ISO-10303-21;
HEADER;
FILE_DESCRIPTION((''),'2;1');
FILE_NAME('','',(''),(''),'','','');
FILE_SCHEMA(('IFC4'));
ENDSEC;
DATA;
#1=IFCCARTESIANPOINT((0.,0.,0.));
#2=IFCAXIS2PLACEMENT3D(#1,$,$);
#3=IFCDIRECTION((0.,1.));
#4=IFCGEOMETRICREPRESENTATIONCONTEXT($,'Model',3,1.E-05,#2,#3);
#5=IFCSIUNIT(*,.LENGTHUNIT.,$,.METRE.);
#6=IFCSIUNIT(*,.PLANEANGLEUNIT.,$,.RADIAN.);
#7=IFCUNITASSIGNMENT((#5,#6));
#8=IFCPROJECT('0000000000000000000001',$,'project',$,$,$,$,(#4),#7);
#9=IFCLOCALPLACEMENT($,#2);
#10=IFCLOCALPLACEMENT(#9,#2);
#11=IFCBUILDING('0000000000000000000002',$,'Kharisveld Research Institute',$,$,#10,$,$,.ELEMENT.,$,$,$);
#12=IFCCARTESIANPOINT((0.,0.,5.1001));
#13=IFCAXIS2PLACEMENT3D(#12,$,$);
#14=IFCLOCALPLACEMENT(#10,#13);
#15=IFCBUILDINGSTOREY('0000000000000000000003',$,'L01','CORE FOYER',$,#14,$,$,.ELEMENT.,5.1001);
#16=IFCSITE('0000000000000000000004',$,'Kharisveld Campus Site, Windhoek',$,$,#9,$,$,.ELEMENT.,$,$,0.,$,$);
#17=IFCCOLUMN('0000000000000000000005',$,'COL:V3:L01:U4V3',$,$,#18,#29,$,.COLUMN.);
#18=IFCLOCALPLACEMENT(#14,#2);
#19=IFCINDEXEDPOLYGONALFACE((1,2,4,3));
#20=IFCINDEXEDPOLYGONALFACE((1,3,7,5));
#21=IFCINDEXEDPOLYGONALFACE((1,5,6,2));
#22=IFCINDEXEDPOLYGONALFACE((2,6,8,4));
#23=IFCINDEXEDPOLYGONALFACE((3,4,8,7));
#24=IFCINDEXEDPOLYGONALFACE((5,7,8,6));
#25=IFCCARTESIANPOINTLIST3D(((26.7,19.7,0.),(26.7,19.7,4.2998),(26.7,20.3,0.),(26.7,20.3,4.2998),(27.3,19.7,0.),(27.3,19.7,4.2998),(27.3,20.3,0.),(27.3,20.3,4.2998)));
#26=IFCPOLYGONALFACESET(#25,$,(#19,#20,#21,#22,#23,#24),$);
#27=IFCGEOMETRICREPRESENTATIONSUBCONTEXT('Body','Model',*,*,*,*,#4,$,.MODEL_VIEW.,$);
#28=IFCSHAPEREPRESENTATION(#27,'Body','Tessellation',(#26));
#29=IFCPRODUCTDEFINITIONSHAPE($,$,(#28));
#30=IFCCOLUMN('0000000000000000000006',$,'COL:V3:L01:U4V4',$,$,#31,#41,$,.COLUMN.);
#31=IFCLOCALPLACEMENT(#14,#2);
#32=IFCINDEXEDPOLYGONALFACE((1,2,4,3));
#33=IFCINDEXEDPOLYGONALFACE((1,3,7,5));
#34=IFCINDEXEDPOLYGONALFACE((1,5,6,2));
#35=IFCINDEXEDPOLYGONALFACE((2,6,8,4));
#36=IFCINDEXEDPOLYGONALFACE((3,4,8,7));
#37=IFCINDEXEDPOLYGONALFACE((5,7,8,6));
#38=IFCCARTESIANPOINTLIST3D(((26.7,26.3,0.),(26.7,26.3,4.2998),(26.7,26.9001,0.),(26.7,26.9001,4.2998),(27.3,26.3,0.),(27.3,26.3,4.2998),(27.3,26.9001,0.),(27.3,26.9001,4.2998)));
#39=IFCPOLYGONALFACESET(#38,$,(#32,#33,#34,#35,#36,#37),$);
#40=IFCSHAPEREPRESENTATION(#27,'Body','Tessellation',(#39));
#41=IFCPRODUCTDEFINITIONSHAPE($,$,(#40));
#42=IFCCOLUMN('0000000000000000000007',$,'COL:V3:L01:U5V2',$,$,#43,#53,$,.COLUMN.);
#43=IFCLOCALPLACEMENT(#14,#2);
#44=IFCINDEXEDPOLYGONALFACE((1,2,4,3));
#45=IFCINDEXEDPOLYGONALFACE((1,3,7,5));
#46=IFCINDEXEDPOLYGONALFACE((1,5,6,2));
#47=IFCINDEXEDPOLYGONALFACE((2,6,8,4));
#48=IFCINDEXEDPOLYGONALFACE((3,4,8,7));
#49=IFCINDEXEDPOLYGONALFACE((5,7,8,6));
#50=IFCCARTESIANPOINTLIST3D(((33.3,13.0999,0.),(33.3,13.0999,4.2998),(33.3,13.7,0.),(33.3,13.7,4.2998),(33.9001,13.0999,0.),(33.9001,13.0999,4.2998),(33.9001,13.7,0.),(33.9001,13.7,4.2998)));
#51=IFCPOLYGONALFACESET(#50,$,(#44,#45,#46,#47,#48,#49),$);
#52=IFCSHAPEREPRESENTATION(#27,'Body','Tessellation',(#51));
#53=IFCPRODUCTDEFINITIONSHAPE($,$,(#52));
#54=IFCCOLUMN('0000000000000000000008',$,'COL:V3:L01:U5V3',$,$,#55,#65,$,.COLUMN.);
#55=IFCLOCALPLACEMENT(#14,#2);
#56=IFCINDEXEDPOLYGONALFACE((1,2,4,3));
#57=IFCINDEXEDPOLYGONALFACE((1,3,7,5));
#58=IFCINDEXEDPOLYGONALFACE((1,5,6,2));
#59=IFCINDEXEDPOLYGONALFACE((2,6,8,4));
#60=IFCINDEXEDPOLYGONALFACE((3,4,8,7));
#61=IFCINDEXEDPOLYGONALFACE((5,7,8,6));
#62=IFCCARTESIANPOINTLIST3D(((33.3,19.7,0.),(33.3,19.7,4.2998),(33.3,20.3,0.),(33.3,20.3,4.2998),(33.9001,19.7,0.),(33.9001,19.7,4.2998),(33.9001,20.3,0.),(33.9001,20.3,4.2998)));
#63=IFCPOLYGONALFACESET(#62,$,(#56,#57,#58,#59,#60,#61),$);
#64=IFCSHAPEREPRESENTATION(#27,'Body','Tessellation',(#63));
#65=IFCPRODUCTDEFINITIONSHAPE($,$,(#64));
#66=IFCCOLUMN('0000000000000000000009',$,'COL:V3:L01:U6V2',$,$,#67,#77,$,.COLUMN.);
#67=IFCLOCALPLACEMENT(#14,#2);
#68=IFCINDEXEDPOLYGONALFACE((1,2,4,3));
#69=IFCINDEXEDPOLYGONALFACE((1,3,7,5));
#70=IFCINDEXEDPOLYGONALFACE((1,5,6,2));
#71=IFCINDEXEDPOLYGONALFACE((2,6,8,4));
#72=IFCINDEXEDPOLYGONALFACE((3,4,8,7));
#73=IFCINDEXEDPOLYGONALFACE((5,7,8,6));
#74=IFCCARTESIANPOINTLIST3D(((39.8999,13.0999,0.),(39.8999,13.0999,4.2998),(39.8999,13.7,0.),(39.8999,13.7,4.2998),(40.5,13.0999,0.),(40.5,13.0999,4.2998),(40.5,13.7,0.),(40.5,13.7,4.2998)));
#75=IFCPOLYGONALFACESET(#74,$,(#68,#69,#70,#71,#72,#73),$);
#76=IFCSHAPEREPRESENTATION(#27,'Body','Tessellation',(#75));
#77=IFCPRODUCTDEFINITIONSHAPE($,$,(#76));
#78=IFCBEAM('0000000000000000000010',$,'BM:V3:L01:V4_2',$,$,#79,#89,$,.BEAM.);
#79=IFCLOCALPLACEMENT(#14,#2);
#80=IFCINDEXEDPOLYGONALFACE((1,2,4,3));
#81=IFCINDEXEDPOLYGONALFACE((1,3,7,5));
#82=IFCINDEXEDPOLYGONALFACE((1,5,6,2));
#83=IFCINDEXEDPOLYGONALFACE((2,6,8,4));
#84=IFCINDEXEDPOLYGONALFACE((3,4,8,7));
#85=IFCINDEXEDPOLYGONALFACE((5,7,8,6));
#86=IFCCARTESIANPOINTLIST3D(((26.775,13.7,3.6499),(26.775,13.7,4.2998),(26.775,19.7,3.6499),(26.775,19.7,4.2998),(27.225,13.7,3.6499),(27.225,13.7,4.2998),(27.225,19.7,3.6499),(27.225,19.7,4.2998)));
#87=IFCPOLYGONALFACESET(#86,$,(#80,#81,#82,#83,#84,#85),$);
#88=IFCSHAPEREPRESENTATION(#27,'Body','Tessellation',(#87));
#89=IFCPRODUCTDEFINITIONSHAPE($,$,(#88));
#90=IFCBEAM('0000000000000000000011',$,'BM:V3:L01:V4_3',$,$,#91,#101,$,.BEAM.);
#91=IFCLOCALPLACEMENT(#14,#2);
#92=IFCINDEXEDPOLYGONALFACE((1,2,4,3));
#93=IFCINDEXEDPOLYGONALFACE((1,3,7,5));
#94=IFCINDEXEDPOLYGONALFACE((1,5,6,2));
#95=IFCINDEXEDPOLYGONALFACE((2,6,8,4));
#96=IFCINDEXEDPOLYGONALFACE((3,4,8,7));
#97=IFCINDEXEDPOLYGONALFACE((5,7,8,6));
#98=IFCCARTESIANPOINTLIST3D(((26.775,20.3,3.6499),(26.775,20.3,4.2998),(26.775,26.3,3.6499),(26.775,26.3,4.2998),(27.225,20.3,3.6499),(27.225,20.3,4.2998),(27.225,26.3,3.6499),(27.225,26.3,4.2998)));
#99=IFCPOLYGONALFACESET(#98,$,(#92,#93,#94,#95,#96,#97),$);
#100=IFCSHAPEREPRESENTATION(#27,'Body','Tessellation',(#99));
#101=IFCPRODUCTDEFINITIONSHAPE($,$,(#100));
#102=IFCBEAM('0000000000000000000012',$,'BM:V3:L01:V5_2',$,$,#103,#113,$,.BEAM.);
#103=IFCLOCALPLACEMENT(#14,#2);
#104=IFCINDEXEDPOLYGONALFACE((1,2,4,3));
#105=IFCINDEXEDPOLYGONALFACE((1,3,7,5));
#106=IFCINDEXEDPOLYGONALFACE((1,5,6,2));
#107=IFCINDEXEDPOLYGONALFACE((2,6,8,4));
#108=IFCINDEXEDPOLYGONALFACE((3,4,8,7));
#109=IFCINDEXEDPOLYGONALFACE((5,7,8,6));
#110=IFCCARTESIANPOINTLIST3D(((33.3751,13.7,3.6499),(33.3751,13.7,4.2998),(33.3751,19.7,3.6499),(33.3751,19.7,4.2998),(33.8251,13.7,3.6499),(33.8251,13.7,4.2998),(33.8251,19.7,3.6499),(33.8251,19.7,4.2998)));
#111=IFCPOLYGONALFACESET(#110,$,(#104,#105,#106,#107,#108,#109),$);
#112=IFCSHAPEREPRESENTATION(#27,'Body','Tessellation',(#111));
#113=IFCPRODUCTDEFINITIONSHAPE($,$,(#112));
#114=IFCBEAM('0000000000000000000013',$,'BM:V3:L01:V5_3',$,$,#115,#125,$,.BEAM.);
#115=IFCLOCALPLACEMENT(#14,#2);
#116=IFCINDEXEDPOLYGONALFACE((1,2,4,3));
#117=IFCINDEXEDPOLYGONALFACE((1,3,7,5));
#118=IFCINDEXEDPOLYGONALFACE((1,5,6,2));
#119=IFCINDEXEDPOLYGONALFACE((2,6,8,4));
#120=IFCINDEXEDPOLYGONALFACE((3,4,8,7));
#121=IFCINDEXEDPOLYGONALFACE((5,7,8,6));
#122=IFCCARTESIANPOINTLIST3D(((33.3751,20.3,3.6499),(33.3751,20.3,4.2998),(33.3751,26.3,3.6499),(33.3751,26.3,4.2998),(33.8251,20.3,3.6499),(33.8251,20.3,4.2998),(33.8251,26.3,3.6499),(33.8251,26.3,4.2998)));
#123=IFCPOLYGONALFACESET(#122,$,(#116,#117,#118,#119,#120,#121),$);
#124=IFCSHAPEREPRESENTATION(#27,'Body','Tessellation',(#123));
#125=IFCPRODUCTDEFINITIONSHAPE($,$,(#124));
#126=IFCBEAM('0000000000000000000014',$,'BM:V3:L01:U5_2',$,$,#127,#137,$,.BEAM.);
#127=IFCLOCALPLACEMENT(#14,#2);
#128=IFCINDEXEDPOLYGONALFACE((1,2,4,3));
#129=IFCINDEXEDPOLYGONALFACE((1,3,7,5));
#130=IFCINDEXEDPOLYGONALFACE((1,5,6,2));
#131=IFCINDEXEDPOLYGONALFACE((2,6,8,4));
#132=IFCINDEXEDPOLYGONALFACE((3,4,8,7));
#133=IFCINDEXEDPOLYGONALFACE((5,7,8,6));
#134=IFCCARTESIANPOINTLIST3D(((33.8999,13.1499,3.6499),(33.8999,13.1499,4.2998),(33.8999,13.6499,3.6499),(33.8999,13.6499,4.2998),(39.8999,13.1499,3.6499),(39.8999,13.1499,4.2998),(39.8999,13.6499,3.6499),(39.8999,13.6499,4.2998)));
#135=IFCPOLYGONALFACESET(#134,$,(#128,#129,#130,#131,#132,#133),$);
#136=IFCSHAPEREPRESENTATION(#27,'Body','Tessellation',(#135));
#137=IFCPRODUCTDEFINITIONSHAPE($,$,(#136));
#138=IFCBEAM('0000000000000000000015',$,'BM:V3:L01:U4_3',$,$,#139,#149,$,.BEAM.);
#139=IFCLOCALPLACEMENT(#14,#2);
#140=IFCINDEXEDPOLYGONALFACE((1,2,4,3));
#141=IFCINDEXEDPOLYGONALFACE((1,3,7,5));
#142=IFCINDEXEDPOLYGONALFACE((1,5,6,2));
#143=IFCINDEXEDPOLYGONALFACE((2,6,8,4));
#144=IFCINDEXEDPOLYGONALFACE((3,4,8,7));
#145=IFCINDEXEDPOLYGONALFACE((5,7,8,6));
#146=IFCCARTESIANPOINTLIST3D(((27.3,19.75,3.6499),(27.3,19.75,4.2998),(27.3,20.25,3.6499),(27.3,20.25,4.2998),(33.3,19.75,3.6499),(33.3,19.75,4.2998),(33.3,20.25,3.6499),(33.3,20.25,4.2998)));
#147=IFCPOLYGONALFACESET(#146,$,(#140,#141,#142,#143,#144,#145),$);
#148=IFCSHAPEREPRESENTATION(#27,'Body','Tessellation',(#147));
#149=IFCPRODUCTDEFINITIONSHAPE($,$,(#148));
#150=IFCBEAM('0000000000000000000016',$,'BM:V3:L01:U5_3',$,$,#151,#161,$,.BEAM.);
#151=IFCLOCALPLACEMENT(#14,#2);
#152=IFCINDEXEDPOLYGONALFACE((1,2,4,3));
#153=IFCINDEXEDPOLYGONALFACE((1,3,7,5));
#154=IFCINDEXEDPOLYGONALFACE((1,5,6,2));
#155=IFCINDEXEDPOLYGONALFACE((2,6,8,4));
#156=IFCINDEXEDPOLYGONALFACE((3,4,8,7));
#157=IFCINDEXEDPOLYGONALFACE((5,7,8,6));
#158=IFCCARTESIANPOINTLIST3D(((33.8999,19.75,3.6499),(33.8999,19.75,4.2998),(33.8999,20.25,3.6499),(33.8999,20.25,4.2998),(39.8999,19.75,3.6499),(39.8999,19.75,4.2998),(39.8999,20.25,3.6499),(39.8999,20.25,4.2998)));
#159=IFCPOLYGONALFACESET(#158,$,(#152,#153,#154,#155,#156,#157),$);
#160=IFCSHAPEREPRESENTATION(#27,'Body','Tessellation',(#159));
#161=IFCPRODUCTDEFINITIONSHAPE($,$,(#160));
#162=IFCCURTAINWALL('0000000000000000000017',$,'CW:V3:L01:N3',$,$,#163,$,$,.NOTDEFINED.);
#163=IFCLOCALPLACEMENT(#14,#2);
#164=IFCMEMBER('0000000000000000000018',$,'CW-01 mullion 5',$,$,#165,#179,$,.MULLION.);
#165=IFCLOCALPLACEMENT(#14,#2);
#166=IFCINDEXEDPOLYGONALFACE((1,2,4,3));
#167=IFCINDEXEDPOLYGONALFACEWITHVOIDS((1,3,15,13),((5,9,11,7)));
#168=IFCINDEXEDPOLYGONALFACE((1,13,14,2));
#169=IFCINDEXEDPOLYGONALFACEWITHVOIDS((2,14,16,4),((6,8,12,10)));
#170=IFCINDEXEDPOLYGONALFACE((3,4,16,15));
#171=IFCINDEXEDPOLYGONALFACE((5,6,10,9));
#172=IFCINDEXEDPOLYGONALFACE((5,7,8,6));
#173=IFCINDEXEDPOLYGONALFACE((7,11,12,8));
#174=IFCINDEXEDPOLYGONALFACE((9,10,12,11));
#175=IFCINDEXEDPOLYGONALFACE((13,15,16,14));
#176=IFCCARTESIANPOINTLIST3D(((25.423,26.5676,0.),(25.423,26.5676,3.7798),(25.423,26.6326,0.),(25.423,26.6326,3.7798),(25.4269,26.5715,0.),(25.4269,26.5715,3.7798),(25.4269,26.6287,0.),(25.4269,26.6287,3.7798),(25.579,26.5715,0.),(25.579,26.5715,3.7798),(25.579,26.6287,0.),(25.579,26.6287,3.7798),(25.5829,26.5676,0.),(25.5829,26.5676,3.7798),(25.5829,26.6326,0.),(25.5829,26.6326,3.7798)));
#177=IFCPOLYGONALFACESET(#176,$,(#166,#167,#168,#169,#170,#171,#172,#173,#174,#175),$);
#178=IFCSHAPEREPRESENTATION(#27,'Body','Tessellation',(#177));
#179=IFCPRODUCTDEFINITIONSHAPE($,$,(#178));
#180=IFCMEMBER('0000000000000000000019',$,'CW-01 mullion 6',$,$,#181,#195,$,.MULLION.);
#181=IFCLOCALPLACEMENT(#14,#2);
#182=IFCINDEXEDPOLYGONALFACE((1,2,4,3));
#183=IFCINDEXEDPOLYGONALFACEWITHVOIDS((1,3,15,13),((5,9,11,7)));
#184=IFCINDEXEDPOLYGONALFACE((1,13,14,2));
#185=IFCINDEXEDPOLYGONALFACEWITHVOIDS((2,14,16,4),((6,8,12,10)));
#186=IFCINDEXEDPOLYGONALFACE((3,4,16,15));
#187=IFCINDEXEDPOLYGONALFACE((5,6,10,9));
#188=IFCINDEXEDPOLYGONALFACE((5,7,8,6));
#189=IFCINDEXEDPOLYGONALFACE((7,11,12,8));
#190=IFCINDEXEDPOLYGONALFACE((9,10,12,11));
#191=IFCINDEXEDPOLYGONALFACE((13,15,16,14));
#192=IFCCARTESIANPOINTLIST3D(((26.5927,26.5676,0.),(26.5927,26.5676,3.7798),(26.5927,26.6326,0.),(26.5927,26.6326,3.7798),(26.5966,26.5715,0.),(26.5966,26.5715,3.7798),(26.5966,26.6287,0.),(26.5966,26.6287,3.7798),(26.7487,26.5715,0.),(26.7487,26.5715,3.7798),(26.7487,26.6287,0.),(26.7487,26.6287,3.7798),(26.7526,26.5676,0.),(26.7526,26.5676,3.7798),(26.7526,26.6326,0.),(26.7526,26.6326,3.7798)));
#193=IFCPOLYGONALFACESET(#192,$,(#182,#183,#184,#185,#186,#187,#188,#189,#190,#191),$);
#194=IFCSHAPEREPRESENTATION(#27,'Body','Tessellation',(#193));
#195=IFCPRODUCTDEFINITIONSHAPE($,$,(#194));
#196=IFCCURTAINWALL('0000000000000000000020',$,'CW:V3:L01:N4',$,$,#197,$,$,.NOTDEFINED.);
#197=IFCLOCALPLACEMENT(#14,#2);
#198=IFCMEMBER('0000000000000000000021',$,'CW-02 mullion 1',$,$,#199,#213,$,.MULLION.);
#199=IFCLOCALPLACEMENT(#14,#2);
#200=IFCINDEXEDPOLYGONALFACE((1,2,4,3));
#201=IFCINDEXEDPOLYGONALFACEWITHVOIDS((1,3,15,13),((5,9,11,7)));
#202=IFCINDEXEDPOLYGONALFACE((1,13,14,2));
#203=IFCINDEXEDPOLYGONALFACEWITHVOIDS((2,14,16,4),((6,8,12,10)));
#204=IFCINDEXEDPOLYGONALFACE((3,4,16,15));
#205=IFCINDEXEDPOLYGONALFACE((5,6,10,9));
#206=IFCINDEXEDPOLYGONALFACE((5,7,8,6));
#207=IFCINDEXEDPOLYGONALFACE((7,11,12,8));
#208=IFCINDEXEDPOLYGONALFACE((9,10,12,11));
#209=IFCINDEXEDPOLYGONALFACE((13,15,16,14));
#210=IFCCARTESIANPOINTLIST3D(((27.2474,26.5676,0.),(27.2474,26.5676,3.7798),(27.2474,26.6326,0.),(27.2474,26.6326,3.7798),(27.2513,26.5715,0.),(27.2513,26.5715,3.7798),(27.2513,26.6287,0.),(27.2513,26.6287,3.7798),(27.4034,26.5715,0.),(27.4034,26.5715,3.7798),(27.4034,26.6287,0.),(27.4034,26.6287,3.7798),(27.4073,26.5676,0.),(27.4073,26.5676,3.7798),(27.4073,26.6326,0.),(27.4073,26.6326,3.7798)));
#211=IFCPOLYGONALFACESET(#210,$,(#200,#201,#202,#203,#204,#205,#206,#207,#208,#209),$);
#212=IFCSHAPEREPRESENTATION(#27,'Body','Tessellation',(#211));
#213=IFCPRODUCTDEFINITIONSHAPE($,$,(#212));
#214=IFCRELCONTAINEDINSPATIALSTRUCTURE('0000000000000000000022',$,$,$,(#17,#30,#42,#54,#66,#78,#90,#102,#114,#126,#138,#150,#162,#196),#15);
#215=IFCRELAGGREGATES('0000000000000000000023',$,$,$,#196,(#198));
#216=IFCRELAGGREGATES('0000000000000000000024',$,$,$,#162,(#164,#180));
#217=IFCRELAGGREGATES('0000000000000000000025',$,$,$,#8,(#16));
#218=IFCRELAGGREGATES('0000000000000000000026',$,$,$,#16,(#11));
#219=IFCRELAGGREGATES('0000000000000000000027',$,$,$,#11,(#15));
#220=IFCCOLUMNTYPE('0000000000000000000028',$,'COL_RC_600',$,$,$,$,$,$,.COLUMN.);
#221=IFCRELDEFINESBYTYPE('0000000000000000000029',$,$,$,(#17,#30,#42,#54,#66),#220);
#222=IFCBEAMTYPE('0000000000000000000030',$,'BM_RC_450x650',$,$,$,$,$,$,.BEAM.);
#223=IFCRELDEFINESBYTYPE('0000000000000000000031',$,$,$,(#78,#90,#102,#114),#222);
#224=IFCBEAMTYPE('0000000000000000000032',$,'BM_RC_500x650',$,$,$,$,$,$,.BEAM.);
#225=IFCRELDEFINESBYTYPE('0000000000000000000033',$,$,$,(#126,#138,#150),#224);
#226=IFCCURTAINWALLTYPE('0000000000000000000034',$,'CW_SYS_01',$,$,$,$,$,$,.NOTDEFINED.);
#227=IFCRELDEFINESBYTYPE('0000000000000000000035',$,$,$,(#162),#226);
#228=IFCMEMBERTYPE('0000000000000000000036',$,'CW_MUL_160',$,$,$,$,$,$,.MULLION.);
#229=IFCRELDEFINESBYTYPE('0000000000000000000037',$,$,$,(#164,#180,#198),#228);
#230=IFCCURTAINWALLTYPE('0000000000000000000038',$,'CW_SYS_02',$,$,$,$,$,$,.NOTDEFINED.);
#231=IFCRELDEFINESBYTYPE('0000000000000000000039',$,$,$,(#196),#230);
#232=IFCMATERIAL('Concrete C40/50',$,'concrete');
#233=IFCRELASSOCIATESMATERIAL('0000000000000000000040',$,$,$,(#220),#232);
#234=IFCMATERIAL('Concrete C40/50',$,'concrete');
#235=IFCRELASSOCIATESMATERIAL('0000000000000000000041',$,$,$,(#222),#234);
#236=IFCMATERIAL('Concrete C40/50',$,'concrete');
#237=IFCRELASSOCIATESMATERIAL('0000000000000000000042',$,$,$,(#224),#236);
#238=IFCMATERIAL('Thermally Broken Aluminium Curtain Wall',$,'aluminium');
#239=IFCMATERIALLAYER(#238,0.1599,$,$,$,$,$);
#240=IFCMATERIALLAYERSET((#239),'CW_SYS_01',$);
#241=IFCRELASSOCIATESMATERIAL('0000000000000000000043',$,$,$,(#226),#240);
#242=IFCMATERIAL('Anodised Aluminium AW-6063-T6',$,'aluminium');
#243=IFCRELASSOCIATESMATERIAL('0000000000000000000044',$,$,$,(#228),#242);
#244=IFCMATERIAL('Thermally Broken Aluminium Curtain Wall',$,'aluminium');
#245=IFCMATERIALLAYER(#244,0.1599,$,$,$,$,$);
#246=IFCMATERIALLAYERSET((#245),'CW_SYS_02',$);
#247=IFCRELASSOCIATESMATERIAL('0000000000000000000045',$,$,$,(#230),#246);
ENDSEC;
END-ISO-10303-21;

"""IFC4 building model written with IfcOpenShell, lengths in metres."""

from ifc_helpers import new_model, si_unit, direction, frame, origin, origin_2d, place, context, subcontext, project, spatial, rectangle, hollow_rectangle, extrude, material, layer, layer_set, material_profile, profile_set, type_object, element, aggregate, save


model = new_model("IFC4")

# Units and contexts
model_context = context("Model", 3, precision=1e-05, world=origin(), true_north=direction((0.0, 1.0)))
body_context = subcontext(model_context, "Body", "Model", "MODEL_VIEW")
ifc_project = project(units=[si_unit("LENGTHUNIT", "METRE"), si_unit("PLANEANGLEUNIT", "RADIAN")], contexts=[model_context])

# Site, building, storey
site_placement = place(None, origin())
site = spatial("IfcSite", under=ifc_project, at=site_placement, Name="Kharisveld Campus Site, Windhoek", CompositionType="ELEMENT", RefElevation=0.0)
building_placement = place(site_placement, origin())
building = spatial("IfcBuilding", under=site, at=building_placement, Name="Kharisveld Research Institute", CompositionType="ELEMENT")
storey_placement = place(building_placement, frame((0.0, 0.0, 5.1001)))
storey = spatial("IfcBuildingStorey", under=building, at=storey_placement, Name="L01", Description="CORE FOYER", CompositionType="ELEMENT", Elevation=5.1001)

# Columns
ifc_material_1 = material(Name="Concrete C40/50", Category="concrete")
ifc_material_profile_1 = material_profile(ifc_material_1, rectangle(XDim=0.6001, YDim=0.6001, at=origin_2d()))
ifc_profile_set_1 = profile_set([ifc_material_profile_1], Name="Concrete C40/50")
column_type = type_object("IfcColumnType", Name="COL_RC_600", PredefinedType="COLUMN", material=ifc_profile_set_1)
for number, where, z_axis, x_axis, name in (
    (1, (27.0, 20.0, 0.0), (0.0, 0.0, 1.0), (1.0, 0.0, 0.0), "COL:V3:L01:U4V3"),
    (2, (27.0, 26.6001, 0.0), (0.0, 0.0, 1.0), (1.0, 0.0, 0.0), "COL:V3:L01:U4V4"),
    (3, (33.6001, 13.3999, 0.0), (0.0, 0.0, 1.0), (1.0, 0.0, 0.0), "COL:V3:L01:U5V2"),
    (4, (33.6001, 20.0, 0.0), (0.0, 0.0, 1.0), (1.0, 0.0, 0.0), "COL:V3:L01:U5V3"),
    (5, (40.2, 13.3999, 0.0), (0.0, 0.0, 1.0), (1.0, 0.0, 0.0), "COL:V3:L01:U6V2"),
):
    element("IfcColumn", number, at=place(storey_placement, frame(where, z_axis=z_axis, x_axis=x_axis)), inside=storey, type_object=column_type, Name=name, PredefinedType="COLUMN", context=body_context, shape_type="SweptSolid", body=[
        extrude(rectangle(XDim=0.6001, YDim=0.6001, at=origin_2d()), origin(), (0.0, 0.0, 1.0), 4.2998),
    ])

# Beams
ifc_material_2 = material(Name="Concrete C40/50", Category="concrete")
ifc_material_profile_2 = material_profile(ifc_material_2, rectangle(XDim=0.45, YDim=0.6499, at=origin_2d()))
ifc_profile_set_2 = profile_set([ifc_material_profile_2], Name="Concrete C40/50")
beam_type_1 = type_object("IfcBeamType", Name="BM_RC_450x650", PredefinedType="BEAM", material=ifc_profile_set_2)
for number, where, z_axis, x_axis, name in (
    (6, (27.0, 13.7, 3.9749), (0.0, 1.0, 0.0), (-1.0, 0.0, 0.0), "BM:V3:L01:V4_2"),
    (7, (27.0, 20.3, 3.9749), (0.0, 1.0, 0.0), (-1.0, 0.0, 0.0), "BM:V3:L01:V4_3"),
    (8, (33.6001, 13.7, 3.9749), (0.0, 1.0, 0.0), (-1.0, 0.0, 0.0), "BM:V3:L01:V5_2"),
    (9, (33.6001, 20.3, 3.9749), (0.0, 1.0, 0.0), (-1.0, 0.0, 0.0), "BM:V3:L01:V5_3"),
):
    element("IfcBeam", number, at=place(storey_placement, frame(where, z_axis=z_axis, x_axis=x_axis)), inside=storey, type_object=beam_type_1, Name=name, PredefinedType="BEAM", context=body_context, shape_type="SweptSolid", body=[
        extrude(rectangle(XDim=0.45, YDim=0.6499, at=origin_2d()), origin(), (0.0, 0.0, 1.0), 6.0),
    ])
ifc_material_3 = material(Name="Concrete C40/50", Category="concrete")
ifc_material_profile_3 = material_profile(ifc_material_3, rectangle(XDim=0.5, YDim=0.6499, at=origin_2d()))
ifc_profile_set_3 = profile_set([ifc_material_profile_3], Name="Concrete C40/50")
beam_type_2 = type_object("IfcBeamType", Name="BM_RC_500x650", PredefinedType="BEAM", material=ifc_profile_set_3)
for number, where, z_axis, x_axis, name in (
    (10, (33.8999, 13.3999, 3.9749), (1.0, 0.0, 0.0), (0.0, 1.0, 0.0), "BM:V3:L01:U5_2"),
    (11, (27.3, 20.0, 3.9749), (1.0, 0.0, 0.0), (0.0, 1.0, 0.0), "BM:V3:L01:U4_3"),
    (12, (33.8999, 20.0, 3.9749), (1.0, 0.0, 0.0), (0.0, 1.0, 0.0), "BM:V3:L01:U5_3"),
):
    element("IfcBeam", number, at=place(storey_placement, frame(where, z_axis=z_axis, x_axis=x_axis)), inside=storey, type_object=beam_type_2, Name=name, PredefinedType="BEAM", context=body_context, shape_type="SweptSolid", body=[
        extrude(rectangle(XDim=0.5, YDim=0.6499, at=origin_2d()), origin(), (0.0, 0.0, 1.0), 6.0),
    ])

# Curtain wall, members
ifc_material_4 = material(Name="Thermally Broken Aluminium Curtain Wall", Category="aluminium")
ifc_layer_1 = layer(ifc_material_4, 0.1599)
ifc_layer_set_1 = layer_set([ifc_layer_1], Name="CW_SYS_01")
curtain_wall_type_1 = type_object("IfcCurtainWallType", Name="CW_SYS_01", PredefinedType="NOTDEFINED", material=ifc_layer_set_1)
curtain_wall_1_placement = place(storey_placement, origin())
curtain_wall_1 = element("IfcCurtainWall", 13, at=curtain_wall_1_placement, inside=storey, type_object=curtain_wall_type_1, Name="CW:V3:L01:N3", PredefinedType="NOTDEFINED")
ifc_material_5 = material(Name="Anodised Aluminium AW-6063-T6", Category="aluminium")
ifc_material_profile_4 = material_profile(ifc_material_5, hollow_rectangle(XDim=0.0649, YDim=0.1599, WallThickness=0.0039, at=origin_2d()))
ifc_profile_set_4 = profile_set([ifc_material_profile_4], Name="Anodised Aluminium AW-6063-T6")
member_type_1 = type_object("IfcMemberType", Name="CW_MUL_160", PredefinedType="MULLION", material=ifc_profile_set_4)
member_1_placement = place(storey_placement, frame((25.5029, 26.6001, 0.0), z_axis=(0.0, 0.0, 1.0), x_axis=(0.0, 1.0, 0.0)))
member_1 = element("IfcMember", 14, at=member_1_placement, type_object=member_type_1, Name="CW-01 mullion 5", PredefinedType="MULLION", context=body_context, shape_type="SweptSolid", body=[
    extrude(hollow_rectangle(XDim=0.0649, YDim=0.1599, WallThickness=0.0039, at=origin_2d()), origin(), (0.0, 0.0, 1.0), 3.7798),
])
member_2_placement = place(storey_placement, frame((26.6726, 26.6001, 0.0), z_axis=(0.0, 0.0, 1.0), x_axis=(0.0, 1.0, 0.0)))
member_2 = element("IfcMember", 15, at=member_2_placement, type_object=member_type_1, Name="CW-01 mullion 6", PredefinedType="MULLION", context=body_context, shape_type="SweptSolid", body=[
    extrude(hollow_rectangle(XDim=0.0649, YDim=0.1599, WallThickness=0.0039, at=origin_2d()), origin(), (0.0, 0.0, 1.0), 3.7798),
])

# Curtain wall, member
ifc_material_6 = material(Name="Thermally Broken Aluminium Curtain Wall", Category="aluminium")
ifc_layer_2 = layer(ifc_material_6, 0.1599)
ifc_layer_set_2 = layer_set([ifc_layer_2], Name="CW_SYS_02")
curtain_wall_type_2 = type_object("IfcCurtainWallType", Name="CW_SYS_02", PredefinedType="NOTDEFINED", material=ifc_layer_set_2)
curtain_wall_2_placement = place(storey_placement, origin())
curtain_wall_2 = element("IfcCurtainWall", 16, at=curtain_wall_2_placement, inside=storey, type_object=curtain_wall_type_2, Name="CW:V3:L01:N4", PredefinedType="NOTDEFINED")
member_3_placement = place(storey_placement, frame((27.3274, 26.6001, 0.0), z_axis=(0.0, 0.0, 1.0), x_axis=(0.0, 1.0, 0.0)))
member_3 = element("IfcMember", 17, at=member_3_placement, type_object=member_type_1, Name="CW-02 mullion 1", PredefinedType="MULLION", context=body_context, shape_type="SweptSolid", body=[
    extrude(hollow_rectangle(XDim=0.0649, YDim=0.1599, WallThickness=0.0039, at=origin_2d()), origin(), (0.0, 0.0, 1.0), 3.7798),
])
aggregate(curtain_wall_2, [member_3])

aggregate(curtain_wall_1, [member_1, member_2])

save(model, "model.ifc")
